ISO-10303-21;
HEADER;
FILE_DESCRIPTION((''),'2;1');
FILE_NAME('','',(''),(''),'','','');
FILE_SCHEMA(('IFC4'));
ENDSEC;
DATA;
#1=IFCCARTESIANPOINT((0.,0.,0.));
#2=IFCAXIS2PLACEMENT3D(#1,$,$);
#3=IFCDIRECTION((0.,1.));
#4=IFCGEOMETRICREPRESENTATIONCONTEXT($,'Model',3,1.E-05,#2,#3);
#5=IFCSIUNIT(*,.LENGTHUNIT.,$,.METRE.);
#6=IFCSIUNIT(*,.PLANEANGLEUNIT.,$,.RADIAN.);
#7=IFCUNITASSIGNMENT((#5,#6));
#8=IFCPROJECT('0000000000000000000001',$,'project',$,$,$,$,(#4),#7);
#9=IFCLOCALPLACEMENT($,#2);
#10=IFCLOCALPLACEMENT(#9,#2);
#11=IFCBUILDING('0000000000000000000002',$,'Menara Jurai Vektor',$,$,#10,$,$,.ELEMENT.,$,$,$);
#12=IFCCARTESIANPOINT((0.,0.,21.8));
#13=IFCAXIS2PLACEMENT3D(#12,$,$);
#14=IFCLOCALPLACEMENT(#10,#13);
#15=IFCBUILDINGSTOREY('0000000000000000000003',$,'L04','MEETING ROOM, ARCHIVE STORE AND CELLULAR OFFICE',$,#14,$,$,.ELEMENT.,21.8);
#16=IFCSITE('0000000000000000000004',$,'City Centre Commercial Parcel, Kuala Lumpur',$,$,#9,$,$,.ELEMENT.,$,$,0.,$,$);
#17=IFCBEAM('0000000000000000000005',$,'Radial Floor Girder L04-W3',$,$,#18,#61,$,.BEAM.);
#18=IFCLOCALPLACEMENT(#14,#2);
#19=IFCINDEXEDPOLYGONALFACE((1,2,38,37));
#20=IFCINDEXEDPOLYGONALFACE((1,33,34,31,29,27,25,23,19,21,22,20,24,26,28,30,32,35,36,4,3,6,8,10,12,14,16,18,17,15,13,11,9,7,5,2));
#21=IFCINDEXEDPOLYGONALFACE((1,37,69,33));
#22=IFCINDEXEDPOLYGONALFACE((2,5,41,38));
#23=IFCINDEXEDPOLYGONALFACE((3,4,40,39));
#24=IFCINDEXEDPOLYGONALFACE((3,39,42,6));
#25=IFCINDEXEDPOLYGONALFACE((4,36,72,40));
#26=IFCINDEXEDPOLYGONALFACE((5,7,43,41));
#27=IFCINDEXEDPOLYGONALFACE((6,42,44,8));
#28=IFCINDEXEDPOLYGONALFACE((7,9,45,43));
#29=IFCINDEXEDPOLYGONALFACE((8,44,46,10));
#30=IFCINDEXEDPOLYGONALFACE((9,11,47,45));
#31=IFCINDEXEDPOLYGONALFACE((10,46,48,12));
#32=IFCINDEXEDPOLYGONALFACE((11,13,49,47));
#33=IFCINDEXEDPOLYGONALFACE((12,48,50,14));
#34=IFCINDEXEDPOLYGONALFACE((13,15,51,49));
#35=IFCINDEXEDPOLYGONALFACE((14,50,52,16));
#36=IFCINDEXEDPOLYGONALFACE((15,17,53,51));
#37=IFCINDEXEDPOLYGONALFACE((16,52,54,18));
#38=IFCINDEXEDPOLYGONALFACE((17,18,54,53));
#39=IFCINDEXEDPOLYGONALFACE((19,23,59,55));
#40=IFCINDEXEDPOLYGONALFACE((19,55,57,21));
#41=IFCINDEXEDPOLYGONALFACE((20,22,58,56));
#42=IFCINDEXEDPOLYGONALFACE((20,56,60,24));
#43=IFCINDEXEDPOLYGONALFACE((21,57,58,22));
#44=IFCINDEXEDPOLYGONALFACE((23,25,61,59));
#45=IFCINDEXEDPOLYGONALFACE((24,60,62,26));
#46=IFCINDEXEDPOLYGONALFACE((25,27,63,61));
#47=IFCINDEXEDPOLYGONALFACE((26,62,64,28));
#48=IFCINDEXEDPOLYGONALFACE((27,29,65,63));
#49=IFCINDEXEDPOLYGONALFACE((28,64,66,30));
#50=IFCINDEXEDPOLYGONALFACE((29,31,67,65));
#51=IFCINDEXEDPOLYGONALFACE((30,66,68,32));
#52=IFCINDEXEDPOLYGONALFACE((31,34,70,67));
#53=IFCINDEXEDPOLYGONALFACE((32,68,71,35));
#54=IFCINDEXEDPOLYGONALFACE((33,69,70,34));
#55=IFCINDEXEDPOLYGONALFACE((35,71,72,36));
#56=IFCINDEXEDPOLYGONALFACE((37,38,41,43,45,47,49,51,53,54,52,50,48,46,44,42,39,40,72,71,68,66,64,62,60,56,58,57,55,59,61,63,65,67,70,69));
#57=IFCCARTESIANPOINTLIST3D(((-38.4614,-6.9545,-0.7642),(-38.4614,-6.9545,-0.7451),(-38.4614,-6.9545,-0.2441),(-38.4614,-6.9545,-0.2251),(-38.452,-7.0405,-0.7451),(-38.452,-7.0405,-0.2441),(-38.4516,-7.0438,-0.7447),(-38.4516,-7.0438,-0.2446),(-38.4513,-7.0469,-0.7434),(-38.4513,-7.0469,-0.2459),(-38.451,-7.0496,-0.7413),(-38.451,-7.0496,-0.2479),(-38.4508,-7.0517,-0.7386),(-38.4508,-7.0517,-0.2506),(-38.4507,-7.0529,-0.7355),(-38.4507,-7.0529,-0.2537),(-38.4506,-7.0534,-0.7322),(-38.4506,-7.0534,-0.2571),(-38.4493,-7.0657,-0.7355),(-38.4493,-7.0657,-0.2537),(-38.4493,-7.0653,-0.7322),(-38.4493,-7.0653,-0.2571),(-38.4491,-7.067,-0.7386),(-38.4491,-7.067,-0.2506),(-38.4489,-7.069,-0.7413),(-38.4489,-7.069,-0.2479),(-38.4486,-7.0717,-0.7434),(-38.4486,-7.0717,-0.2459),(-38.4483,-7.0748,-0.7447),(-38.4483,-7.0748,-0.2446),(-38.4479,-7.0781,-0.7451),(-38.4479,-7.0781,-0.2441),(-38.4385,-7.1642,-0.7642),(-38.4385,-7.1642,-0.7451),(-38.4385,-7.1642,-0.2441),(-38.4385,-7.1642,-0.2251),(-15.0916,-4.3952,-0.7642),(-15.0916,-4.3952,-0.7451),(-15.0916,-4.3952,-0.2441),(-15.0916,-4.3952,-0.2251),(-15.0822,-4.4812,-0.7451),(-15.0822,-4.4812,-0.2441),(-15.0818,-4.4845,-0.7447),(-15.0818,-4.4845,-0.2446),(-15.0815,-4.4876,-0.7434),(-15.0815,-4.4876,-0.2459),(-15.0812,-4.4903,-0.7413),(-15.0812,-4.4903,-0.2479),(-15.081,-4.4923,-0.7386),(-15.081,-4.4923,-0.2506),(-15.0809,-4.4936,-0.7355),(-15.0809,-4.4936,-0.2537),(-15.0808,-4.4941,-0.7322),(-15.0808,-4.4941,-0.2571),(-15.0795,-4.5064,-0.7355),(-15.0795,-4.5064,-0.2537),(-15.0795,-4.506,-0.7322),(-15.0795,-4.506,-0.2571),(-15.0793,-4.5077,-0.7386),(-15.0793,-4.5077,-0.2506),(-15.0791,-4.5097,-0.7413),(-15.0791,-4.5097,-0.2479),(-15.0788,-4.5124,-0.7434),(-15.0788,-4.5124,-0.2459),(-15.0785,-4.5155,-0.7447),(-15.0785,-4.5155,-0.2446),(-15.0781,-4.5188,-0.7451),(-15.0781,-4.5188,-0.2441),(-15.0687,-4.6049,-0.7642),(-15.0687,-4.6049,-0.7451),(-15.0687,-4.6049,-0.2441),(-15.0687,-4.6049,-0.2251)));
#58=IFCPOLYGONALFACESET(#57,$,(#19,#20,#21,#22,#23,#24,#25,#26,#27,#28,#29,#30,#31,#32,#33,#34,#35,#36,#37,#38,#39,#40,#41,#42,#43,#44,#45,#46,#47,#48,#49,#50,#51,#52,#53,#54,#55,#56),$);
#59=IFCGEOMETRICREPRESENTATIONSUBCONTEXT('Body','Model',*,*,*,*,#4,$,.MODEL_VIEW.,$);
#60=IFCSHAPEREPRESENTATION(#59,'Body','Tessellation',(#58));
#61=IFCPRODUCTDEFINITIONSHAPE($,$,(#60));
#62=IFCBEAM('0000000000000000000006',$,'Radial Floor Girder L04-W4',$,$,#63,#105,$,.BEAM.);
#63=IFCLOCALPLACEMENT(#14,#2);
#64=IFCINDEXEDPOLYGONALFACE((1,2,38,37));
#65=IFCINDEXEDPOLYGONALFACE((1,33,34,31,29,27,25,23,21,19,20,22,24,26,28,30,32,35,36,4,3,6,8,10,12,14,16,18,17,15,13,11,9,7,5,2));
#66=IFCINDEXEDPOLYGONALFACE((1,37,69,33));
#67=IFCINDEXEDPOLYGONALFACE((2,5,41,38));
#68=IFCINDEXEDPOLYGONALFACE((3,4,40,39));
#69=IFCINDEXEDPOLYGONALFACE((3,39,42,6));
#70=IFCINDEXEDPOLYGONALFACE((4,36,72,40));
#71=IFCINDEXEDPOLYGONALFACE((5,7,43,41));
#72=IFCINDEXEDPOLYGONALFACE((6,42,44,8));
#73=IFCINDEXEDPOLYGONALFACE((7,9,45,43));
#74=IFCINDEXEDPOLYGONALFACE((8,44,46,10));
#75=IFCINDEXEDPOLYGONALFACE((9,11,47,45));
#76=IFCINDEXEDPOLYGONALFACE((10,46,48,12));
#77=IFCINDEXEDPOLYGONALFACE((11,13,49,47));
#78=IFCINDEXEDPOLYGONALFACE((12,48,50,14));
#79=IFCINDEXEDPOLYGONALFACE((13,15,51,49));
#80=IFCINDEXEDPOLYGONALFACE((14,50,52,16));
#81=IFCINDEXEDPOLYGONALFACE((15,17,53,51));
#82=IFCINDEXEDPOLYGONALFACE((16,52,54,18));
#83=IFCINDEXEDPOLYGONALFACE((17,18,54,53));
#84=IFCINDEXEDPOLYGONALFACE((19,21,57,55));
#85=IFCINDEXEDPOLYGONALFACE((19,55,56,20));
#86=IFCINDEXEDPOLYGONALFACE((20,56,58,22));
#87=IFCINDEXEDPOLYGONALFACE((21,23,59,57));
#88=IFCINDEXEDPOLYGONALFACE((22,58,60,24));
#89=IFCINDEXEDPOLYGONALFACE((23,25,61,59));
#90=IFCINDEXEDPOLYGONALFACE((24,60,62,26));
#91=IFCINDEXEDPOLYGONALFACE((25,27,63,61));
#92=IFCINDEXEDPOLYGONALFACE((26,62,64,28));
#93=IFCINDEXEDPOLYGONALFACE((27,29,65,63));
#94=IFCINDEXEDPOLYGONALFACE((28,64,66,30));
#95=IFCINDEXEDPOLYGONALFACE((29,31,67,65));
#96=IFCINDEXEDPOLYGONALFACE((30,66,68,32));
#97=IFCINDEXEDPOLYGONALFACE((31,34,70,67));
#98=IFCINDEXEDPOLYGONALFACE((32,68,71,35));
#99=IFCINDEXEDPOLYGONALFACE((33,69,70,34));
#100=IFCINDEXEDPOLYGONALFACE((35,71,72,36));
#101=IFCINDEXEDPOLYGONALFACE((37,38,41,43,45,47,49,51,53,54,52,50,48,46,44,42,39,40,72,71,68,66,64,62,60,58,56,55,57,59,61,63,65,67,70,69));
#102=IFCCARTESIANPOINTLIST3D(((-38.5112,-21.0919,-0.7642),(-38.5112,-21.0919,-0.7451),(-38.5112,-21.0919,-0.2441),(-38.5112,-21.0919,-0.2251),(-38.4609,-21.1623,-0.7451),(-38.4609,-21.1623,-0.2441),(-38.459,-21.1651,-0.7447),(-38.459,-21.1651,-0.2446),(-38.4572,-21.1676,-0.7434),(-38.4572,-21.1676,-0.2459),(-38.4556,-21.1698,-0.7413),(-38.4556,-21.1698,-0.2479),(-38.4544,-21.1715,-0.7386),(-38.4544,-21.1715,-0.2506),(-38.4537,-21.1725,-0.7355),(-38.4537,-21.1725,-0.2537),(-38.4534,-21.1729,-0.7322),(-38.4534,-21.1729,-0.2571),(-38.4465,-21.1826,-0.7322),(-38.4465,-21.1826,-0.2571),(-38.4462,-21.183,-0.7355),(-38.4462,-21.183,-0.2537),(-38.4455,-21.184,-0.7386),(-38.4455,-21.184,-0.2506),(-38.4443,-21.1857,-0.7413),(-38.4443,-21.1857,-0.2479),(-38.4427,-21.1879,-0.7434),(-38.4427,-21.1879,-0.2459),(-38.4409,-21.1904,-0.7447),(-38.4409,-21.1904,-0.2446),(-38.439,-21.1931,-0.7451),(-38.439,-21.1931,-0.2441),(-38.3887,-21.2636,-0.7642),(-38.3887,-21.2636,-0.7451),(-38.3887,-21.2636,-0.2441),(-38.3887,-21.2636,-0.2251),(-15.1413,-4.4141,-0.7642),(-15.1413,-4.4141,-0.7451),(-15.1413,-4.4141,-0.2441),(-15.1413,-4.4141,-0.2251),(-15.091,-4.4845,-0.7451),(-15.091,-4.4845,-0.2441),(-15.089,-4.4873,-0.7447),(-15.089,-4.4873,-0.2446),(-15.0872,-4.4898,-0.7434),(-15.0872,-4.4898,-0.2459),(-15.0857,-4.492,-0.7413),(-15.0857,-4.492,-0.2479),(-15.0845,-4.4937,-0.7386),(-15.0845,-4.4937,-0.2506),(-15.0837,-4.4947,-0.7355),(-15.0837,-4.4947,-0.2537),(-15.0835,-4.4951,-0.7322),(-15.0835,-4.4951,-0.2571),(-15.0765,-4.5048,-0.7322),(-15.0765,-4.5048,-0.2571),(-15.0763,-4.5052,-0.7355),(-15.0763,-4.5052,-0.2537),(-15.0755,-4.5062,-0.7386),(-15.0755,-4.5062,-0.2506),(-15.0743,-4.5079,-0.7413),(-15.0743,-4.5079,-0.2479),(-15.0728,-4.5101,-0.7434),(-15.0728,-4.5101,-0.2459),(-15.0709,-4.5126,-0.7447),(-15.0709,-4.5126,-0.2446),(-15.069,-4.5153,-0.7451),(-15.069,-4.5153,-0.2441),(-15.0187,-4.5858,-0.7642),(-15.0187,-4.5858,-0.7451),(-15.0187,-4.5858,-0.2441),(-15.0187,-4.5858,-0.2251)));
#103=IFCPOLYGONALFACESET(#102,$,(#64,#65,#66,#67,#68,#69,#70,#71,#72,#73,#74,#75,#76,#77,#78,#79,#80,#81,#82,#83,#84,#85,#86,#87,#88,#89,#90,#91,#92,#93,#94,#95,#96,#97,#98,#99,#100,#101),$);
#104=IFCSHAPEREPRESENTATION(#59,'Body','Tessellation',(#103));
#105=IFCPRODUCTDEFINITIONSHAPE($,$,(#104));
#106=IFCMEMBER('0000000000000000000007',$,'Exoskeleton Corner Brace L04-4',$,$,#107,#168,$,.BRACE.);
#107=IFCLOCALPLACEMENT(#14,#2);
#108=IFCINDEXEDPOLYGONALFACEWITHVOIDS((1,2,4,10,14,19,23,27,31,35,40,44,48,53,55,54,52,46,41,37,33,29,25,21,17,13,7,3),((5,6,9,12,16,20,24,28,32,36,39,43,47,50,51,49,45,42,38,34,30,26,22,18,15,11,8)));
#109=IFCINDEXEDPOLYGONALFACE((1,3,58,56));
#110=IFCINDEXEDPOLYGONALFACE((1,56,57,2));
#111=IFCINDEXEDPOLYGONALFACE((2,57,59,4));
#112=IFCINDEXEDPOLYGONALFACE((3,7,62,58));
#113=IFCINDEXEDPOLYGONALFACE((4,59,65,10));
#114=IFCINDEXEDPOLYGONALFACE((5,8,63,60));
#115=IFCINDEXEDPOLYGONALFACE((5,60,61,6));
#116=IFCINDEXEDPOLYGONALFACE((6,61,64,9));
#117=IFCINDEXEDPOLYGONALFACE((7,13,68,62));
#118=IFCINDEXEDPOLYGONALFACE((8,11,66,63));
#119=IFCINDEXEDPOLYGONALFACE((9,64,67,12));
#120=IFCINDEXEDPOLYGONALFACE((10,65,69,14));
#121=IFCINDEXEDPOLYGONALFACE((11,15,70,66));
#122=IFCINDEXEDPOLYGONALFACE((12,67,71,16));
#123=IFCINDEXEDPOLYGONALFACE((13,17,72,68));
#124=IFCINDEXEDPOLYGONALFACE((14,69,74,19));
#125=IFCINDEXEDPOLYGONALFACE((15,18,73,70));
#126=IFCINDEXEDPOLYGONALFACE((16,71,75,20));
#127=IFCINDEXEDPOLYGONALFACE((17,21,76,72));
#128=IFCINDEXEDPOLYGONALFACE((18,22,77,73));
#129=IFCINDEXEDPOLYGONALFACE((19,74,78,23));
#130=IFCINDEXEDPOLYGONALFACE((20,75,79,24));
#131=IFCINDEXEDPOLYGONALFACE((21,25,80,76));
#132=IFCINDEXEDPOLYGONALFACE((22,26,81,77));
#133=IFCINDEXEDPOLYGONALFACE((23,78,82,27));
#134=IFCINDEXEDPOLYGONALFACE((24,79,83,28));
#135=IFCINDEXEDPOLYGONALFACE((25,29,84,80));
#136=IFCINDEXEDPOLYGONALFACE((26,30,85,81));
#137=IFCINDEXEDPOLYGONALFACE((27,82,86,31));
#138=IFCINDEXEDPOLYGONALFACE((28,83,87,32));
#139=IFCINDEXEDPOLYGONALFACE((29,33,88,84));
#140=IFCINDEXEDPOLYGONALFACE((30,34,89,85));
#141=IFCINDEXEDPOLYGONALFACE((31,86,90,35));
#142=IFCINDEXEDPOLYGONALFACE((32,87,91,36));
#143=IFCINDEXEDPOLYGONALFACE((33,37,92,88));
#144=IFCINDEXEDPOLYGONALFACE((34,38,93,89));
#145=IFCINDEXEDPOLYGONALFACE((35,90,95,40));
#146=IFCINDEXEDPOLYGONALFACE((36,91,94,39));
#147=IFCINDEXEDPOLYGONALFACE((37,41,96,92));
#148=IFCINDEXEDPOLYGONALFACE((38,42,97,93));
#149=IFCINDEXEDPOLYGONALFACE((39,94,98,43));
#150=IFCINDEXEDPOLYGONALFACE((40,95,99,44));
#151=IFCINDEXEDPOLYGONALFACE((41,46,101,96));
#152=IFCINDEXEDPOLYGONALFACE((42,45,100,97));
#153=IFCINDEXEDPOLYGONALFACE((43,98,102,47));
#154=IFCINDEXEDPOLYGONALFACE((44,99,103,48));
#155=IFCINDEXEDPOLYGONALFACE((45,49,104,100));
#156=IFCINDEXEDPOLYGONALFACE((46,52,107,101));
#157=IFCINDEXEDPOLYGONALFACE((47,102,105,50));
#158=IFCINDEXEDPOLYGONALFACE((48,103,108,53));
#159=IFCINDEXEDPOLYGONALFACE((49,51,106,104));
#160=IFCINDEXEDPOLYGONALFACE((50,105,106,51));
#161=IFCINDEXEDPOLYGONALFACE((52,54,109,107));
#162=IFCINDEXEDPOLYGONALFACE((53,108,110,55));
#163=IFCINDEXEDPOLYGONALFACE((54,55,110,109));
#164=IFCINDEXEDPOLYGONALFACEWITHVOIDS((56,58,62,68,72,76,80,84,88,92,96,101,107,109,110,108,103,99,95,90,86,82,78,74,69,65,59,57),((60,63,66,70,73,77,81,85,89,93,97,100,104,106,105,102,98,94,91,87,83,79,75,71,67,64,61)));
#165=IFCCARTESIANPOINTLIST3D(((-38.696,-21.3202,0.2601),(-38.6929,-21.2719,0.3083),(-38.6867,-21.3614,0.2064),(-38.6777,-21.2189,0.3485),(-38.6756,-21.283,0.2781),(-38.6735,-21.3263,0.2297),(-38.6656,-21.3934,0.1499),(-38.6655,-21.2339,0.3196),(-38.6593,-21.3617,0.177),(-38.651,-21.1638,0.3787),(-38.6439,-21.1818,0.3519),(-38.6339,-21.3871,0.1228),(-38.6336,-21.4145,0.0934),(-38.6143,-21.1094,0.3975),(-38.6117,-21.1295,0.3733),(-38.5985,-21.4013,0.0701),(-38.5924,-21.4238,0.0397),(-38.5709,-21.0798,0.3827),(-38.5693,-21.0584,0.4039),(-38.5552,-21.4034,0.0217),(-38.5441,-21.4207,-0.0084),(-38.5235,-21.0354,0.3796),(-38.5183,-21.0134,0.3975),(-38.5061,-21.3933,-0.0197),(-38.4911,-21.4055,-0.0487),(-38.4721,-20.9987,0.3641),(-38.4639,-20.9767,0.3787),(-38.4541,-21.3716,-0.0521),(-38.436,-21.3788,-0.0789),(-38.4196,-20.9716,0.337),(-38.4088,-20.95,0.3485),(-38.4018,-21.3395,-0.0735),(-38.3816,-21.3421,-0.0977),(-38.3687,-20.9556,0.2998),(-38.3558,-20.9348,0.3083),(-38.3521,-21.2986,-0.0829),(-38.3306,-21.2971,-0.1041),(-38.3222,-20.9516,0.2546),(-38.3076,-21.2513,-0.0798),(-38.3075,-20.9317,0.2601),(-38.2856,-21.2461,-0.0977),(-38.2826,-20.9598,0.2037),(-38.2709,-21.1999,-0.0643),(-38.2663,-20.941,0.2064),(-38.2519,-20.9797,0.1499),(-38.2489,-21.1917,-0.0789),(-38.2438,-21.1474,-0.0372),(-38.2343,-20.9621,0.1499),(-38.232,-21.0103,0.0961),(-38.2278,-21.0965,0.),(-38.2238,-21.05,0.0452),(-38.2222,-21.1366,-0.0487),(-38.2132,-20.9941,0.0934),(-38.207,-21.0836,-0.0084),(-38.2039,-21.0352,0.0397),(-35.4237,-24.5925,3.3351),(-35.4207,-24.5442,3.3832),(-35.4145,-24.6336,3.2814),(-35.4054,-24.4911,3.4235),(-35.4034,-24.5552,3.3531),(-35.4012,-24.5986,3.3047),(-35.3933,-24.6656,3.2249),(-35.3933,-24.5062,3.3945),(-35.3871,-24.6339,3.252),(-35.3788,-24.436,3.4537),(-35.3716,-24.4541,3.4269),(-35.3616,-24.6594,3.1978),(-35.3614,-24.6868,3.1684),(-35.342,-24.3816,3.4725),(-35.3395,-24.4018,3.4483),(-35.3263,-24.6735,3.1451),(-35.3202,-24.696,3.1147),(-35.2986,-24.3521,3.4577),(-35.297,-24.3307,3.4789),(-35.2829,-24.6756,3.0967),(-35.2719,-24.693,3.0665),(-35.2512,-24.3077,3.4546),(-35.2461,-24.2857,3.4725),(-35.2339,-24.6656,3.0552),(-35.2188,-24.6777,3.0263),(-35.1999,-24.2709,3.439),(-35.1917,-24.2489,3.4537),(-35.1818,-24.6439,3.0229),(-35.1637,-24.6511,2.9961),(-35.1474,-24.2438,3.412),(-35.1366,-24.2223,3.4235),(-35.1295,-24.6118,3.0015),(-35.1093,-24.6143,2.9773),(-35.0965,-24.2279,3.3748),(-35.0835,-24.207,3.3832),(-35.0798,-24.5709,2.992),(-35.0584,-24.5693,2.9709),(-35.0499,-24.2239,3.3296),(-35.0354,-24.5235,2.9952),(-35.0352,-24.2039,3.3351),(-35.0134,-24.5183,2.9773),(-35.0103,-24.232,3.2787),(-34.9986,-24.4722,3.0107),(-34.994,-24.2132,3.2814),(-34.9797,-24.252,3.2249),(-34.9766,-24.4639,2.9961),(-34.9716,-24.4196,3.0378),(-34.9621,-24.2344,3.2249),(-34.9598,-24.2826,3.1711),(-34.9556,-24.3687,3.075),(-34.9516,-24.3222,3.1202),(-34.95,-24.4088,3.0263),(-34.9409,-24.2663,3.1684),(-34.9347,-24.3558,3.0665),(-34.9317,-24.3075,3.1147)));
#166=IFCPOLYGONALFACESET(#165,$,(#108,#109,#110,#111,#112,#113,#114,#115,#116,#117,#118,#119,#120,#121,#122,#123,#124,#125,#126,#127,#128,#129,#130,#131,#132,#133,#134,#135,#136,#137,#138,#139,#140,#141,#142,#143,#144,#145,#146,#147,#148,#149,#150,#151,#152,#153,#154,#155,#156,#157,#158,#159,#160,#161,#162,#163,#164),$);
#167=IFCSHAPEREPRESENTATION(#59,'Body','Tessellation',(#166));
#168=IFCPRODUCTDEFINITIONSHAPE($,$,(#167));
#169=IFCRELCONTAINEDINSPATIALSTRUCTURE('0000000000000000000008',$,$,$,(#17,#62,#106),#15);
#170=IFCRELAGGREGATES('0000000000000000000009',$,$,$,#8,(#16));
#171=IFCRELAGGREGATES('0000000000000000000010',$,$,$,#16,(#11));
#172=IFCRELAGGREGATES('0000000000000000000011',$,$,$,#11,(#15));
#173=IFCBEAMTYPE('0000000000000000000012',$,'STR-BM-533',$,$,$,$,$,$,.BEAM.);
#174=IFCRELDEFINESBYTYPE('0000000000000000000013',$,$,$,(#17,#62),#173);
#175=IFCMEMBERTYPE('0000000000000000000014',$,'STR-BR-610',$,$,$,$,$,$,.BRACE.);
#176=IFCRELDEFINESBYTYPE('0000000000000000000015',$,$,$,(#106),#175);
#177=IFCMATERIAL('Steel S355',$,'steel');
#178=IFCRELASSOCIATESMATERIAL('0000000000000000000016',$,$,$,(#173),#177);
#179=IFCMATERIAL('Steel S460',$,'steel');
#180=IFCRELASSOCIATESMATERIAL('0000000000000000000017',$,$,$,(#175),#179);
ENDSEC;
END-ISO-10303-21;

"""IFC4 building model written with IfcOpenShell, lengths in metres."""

from ifc_helpers import new_model, si_unit, direction, frame, origin, origin_2d, place, context, subcontext, project, spatial, hollow_circle, i_section, extrude, material, material_profile, profile_set, type_object, element, save


model = new_model("IFC4")

# Units and contexts
model_context = context("Model", 3, precision=1e-05, world=origin(), true_north=direction((0.0, 1.0)))
body_context = subcontext(model_context, "Body", "Model", "MODEL_VIEW")
ifc_project = project(units=[si_unit("LENGTHUNIT", "METRE"), si_unit("PLANEANGLEUNIT", "RADIAN")], contexts=[model_context])

# Site, building, storey
site_placement = place(None, origin())
site = spatial("IfcSite", under=ifc_project, at=site_placement, Name="City Centre Commercial Parcel, Kuala Lumpur", CompositionType="ELEMENT", RefElevation=0.0)
building_placement = place(site_placement, origin())
building = spatial("IfcBuilding", under=site, at=building_placement, Name="Menara Jurai Vektor", CompositionType="ELEMENT")
storey_placement = place(building_placement, frame((0.0, 0.0, 21.8)))
storey = spatial("IfcBuildingStorey", under=building, at=storey_placement, Name="L04", Description="MEETING ROOM, ARCHIVE STORE AND CELLULAR OFFICE", CompositionType="ELEMENT", Elevation=21.8)

# Shared definitions
ifc_material_1 = material(Name="Steel S460", Category="steel")

# Beams
ifc_material_2 = material(Name="Steel S355", Category="steel")
ifc_material_profile_1 = material_profile(ifc_material_2, i_section(OverallWidth=0.2109, OverallDepth=0.5391, WebThickness=0.012, FlangeThickness=0.019, FilletRadius=0.0129, at=origin_2d()), Name="UKB 533x210x109")
ifc_profile_set_1 = profile_set([ifc_material_profile_1], Name="Steel S355")
beam_type_1 = type_object("IfcBeamType", Name="STR-BM-533", PredefinedType="BEAM", material=ifc_profile_set_1)
beam_1_placement = place(storey_placement, frame((-38.45, -7.0593, -0.4946), z_axis=(0.994057, 0.108863, 0.0), x_axis=(-0.108863, 0.994057, 0.0)))
element("IfcBeam", 1, at=beam_1_placement, inside=storey, type_object=beam_type_1, Name="Radial Floor Girder L04-W3", PredefinedType="BEAM", context=body_context, shape_type="SweptSolid", body=[
    extrude(i_section(OverallWidth=0.2109, OverallDepth=0.5391, WebThickness=0.012, FlangeThickness=0.019, FilletRadius=0.0129, at=origin_2d()), origin(), (0.0, 0.0, 1.0), 23.5095),
])
beam_2_placement = place(storey_placement, frame((-38.45, -21.1777, -0.4946), z_axis=(0.813981, 0.580891, 0.0), x_axis=(-0.580891, 0.813981, 0.0)))
element("IfcBeam", 2, at=beam_2_placement, inside=storey, type_object=beam_type_1, Name="Radial Floor Girder L04-W4", PredefinedType="BEAM", context=body_context, shape_type="SweptSolid", body=[
    extrude(i_section(OverallWidth=0.2109, OverallDepth=0.5391, WebThickness=0.012, FlangeThickness=0.019, FilletRadius=0.0129, at=origin_2d()), origin(), (0.0, 0.0, 1.0), 28.7107),
])

# Member
ifc_material_profile_2 = material_profile(ifc_material_1, hollow_circle(Radius=0.3049, WallThickness=0.0249, at=origin_2d()), Name="CHS 610x25")
ifc_profile_set_2 = profile_set([ifc_material_profile_2], Name="Steel S460")
member_type_1 = type_object("IfcMemberType", Name="STR-BR-610", PredefinedType="BRACE", material=ifc_profile_set_2)
member_1_placement = place(storey_placement, frame((-38.45, -21.1777, 0.1499), z_axis=(0.588942, -0.588942, 0.553438), x_axis=(0.707107, 0.707107, 0.0)))
element("IfcMember", 3, at=member_1_placement, inside=storey, type_object=member_type_1, Name="Exoskeleton Corner Brace L04-4", PredefinedType="BRACE", context=body_context, shape_type="SweptSolid", body=[
    extrude(hollow_circle(Radius=0.3049, WallThickness=0.0249, at=origin_2d()), origin(), (0.0, 0.0, 1.0), 5.5562),
])

save(model, "model.ifc")
